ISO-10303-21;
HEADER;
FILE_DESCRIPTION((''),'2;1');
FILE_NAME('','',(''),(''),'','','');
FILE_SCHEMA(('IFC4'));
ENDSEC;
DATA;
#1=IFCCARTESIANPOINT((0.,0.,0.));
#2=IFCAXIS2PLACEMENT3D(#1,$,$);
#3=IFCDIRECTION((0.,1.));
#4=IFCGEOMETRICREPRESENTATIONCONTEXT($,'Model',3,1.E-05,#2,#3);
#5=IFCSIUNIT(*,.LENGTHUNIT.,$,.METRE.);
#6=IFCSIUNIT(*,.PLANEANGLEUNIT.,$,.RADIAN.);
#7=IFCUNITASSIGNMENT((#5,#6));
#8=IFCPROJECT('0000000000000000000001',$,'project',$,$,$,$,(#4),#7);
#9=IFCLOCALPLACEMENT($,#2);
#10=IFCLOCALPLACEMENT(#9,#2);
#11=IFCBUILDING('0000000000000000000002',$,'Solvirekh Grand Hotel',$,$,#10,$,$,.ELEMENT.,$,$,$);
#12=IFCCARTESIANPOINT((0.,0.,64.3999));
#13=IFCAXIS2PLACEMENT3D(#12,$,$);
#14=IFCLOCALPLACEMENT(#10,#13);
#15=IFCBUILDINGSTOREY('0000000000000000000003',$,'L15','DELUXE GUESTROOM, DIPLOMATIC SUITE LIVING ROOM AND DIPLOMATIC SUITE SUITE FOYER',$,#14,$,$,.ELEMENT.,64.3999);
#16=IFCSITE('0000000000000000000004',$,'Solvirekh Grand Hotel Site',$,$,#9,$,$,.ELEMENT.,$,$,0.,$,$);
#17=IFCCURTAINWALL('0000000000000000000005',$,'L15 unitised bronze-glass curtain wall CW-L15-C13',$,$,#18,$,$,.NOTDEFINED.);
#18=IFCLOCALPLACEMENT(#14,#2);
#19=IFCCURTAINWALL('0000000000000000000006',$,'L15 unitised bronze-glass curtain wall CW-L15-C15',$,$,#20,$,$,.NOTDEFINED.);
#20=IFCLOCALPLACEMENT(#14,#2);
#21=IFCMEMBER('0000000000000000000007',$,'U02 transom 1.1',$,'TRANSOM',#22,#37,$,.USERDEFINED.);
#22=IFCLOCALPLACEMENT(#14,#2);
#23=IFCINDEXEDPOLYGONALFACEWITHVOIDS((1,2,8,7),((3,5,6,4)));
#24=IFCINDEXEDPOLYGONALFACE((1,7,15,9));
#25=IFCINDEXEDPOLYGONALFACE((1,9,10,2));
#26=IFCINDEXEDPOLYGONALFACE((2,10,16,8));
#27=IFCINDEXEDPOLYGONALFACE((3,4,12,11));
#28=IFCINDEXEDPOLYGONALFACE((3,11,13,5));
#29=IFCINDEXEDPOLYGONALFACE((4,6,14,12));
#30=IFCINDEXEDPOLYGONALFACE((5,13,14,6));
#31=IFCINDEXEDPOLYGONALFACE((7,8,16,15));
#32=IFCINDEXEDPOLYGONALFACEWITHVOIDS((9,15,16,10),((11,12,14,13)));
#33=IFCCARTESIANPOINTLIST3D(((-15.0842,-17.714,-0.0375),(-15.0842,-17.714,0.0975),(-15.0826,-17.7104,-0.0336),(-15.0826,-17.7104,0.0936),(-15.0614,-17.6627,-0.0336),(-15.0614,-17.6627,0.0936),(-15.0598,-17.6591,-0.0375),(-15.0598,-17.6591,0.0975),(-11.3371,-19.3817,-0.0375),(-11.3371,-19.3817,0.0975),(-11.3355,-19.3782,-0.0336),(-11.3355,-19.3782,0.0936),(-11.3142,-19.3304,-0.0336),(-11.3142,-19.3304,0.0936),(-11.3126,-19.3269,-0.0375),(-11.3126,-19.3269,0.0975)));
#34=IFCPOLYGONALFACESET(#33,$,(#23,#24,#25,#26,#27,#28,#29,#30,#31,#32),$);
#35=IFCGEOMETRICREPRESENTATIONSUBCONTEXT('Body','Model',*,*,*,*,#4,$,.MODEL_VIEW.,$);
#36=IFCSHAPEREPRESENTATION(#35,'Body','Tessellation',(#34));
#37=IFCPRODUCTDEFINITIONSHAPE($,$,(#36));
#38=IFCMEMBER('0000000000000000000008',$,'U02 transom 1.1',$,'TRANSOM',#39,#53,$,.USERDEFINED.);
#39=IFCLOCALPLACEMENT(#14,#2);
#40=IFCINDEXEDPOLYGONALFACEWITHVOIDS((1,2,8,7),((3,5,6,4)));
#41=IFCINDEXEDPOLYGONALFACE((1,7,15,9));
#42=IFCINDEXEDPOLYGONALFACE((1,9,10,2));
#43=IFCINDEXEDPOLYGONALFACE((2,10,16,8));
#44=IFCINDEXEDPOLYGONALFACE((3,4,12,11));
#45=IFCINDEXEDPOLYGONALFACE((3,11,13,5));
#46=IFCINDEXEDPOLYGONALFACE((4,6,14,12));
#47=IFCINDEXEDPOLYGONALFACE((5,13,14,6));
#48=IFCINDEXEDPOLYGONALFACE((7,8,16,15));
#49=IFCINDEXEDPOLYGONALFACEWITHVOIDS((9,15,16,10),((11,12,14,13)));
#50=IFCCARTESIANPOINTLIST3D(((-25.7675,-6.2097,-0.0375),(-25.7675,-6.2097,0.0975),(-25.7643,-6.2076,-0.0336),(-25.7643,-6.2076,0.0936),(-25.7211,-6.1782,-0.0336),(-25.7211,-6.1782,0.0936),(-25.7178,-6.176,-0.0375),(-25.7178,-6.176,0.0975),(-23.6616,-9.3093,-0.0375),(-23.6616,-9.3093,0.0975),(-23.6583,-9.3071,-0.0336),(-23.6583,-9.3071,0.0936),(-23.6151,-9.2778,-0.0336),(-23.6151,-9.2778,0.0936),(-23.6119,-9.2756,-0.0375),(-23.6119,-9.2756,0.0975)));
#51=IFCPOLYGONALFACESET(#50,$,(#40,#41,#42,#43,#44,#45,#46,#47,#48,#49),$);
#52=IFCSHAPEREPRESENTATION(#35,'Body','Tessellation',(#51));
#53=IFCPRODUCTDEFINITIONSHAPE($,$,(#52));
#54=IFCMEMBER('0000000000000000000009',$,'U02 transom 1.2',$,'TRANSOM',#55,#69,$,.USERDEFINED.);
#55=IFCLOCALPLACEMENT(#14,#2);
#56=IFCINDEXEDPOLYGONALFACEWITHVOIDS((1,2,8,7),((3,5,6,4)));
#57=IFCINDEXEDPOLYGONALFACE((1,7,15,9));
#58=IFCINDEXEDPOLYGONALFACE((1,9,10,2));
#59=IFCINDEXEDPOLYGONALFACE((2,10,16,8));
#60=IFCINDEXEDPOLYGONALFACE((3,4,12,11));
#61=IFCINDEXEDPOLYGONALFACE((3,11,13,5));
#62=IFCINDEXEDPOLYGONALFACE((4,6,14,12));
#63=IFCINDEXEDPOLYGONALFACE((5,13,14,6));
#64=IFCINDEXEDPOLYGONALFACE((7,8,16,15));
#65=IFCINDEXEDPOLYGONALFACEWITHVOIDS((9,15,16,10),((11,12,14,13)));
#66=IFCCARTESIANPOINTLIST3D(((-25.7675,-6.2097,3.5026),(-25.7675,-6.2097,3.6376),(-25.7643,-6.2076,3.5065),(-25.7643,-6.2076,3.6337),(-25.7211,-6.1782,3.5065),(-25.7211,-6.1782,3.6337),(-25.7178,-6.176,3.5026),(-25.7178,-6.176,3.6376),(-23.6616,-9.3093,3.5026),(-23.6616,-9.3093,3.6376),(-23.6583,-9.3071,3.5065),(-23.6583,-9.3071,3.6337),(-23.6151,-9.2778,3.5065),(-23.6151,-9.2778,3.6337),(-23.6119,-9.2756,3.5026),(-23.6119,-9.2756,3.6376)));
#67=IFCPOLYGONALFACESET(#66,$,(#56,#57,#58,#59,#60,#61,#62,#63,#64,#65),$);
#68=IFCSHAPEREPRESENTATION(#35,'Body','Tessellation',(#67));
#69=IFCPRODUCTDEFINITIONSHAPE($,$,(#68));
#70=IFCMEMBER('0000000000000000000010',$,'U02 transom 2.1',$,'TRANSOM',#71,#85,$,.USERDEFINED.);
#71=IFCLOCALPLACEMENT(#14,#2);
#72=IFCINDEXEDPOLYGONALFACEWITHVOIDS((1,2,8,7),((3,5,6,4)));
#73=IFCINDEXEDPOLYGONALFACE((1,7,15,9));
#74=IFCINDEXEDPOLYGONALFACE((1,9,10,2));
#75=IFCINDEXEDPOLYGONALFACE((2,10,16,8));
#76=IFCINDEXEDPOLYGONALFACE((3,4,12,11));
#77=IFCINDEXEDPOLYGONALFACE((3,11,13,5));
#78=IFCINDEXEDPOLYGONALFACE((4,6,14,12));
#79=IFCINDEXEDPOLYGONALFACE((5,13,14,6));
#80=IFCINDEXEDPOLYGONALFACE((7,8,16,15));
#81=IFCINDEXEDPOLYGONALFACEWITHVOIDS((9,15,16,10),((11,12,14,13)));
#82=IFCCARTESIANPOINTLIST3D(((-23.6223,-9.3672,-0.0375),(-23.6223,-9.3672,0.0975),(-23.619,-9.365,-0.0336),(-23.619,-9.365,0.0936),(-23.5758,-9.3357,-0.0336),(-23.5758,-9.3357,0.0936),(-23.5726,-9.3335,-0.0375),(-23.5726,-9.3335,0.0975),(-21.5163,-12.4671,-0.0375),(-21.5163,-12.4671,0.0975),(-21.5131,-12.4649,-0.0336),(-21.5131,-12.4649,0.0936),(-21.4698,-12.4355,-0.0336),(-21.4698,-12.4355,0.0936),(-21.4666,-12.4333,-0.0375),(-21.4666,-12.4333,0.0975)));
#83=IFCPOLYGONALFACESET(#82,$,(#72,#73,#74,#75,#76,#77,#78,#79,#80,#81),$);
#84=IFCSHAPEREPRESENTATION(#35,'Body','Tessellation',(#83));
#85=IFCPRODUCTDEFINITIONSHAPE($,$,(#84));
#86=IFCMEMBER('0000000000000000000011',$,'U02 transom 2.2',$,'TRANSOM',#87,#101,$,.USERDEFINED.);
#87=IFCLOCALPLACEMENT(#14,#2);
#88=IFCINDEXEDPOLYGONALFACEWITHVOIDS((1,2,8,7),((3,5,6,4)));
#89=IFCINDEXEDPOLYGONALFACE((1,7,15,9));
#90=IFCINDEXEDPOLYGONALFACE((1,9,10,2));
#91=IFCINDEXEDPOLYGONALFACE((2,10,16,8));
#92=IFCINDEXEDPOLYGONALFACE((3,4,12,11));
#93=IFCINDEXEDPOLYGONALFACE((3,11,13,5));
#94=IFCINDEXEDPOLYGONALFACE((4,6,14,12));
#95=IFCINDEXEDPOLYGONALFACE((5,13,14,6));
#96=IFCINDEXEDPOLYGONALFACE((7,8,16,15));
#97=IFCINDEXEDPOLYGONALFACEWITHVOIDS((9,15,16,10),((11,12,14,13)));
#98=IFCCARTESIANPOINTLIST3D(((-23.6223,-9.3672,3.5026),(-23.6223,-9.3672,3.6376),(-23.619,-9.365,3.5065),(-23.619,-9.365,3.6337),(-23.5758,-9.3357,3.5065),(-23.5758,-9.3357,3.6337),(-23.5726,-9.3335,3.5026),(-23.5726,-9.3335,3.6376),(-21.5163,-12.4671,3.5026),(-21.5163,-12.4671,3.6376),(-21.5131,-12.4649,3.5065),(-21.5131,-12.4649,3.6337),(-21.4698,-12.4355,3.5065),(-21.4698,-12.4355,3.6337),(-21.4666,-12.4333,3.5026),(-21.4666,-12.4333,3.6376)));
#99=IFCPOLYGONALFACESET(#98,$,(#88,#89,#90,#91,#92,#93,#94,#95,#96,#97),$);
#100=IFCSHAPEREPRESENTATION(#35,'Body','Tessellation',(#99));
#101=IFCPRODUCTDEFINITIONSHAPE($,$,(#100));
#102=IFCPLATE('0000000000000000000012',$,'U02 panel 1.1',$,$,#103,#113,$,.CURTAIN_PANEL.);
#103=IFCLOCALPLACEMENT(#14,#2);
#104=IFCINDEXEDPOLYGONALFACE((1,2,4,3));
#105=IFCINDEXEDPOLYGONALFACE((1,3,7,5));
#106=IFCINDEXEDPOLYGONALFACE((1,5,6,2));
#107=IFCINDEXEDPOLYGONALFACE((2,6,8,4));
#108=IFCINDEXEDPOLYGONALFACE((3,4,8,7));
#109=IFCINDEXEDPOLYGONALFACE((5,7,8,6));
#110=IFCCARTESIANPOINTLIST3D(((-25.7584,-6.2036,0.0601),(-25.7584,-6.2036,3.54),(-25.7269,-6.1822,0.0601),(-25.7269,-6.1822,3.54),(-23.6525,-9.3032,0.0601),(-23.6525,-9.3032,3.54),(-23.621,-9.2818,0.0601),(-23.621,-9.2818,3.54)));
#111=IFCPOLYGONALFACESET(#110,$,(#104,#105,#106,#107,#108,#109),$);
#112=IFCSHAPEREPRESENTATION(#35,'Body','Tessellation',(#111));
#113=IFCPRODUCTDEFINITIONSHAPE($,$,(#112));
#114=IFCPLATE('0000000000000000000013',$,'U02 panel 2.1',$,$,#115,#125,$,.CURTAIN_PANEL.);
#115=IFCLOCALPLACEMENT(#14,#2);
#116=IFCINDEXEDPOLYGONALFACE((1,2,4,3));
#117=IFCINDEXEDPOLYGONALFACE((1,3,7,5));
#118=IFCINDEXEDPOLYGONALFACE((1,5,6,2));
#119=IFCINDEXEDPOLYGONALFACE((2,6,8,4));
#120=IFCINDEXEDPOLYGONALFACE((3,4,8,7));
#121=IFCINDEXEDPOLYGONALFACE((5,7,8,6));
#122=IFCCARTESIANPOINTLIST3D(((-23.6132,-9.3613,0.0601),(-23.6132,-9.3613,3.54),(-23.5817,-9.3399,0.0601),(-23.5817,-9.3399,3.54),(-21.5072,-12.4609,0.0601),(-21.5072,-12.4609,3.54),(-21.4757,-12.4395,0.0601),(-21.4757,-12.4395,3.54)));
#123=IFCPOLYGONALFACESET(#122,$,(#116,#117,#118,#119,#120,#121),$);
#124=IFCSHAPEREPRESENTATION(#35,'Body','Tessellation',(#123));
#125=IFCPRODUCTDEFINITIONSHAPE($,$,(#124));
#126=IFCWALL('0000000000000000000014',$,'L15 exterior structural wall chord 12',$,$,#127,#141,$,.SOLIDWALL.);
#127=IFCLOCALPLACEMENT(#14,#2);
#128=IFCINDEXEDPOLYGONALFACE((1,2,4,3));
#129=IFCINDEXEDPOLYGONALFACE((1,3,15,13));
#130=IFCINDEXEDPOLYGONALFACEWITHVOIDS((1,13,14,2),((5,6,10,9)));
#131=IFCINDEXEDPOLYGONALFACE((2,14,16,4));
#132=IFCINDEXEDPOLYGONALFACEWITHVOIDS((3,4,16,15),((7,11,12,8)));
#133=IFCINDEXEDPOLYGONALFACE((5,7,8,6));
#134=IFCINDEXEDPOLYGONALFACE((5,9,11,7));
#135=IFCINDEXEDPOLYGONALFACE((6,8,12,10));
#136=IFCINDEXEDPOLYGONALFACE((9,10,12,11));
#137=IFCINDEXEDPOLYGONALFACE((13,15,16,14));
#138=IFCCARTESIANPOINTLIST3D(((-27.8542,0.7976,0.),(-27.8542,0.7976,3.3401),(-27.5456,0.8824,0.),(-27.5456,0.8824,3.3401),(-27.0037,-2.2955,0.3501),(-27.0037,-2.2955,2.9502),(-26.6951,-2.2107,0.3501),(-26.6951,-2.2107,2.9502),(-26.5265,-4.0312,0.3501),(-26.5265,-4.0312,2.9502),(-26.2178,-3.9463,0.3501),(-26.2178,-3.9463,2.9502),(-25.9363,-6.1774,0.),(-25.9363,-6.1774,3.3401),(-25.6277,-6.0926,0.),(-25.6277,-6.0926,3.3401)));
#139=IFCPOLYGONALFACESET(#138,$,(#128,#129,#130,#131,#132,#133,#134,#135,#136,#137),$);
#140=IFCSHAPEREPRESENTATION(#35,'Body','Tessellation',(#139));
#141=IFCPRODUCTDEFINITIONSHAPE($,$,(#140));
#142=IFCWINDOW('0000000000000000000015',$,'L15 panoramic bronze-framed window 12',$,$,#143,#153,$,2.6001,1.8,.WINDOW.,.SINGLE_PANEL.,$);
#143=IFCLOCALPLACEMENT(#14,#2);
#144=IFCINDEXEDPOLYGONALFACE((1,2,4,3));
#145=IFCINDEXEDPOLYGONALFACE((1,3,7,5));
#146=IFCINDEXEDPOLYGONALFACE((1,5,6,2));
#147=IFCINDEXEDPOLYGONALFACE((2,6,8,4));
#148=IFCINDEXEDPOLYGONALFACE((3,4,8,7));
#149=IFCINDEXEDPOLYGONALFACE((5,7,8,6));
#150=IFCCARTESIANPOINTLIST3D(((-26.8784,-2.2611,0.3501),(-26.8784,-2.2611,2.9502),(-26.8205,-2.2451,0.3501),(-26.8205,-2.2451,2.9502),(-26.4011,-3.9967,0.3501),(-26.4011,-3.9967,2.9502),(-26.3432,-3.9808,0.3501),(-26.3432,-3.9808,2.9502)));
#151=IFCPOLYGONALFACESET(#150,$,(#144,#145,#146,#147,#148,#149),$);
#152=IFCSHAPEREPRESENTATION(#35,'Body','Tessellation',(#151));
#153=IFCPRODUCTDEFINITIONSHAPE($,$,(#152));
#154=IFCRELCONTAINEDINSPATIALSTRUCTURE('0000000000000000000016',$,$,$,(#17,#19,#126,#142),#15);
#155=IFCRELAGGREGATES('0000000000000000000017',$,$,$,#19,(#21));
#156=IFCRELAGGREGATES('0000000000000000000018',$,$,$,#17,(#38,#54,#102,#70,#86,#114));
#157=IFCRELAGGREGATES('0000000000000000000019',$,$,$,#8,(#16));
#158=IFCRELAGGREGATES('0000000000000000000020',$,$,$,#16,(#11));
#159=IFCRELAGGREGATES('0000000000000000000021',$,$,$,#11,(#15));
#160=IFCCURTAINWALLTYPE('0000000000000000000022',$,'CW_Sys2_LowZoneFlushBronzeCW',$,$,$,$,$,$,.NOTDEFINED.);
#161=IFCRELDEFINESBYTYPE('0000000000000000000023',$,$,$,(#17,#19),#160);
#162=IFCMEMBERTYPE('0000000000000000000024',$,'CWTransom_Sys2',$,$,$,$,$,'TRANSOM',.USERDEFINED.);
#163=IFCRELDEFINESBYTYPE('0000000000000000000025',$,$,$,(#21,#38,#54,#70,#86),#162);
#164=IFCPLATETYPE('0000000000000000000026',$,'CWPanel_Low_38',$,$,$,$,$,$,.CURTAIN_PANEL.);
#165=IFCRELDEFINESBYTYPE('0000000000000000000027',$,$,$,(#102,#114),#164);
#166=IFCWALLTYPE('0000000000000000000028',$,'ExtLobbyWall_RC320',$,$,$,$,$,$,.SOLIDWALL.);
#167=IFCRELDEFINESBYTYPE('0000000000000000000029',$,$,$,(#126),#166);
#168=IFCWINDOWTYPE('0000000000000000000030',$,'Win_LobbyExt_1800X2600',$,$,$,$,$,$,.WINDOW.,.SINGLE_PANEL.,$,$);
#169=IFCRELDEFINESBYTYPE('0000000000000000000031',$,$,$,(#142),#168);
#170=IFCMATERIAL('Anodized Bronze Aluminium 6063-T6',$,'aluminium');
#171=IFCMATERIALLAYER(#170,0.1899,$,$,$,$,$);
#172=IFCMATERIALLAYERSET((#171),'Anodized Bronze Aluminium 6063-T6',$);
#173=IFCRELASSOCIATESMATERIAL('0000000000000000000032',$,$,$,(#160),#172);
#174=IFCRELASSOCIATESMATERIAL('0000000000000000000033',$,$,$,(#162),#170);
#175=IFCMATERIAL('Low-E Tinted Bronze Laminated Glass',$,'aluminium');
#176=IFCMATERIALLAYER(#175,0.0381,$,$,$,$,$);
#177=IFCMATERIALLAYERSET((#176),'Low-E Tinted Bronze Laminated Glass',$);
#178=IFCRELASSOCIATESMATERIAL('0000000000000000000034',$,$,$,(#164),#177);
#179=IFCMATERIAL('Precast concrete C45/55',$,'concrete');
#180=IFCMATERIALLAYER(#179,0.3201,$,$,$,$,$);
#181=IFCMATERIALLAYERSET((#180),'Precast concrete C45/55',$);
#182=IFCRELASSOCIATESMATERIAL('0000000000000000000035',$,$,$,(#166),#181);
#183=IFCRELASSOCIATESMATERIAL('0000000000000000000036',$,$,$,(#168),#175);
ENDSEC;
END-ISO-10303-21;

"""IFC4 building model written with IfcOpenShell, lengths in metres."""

from ifc_helpers import new_model, si_unit, direction, frame, frame_2d, origin, origin_2d, place, context, subcontext, project, spatial, rectangle, hollow_rectangle, extrude, source, transform, mapped, material, layer, layer_set, material_profile, profile_set, type_object, element, fill, aggregate, save


model = new_model("IFC4")

# Units and contexts
model_context = context("Model", 3, precision=1e-05, world=origin(), true_north=direction((0.0, 1.0)))
body_context = subcontext(model_context, "Body", "Model", "MODEL_VIEW")
ifc_project = project(units=[si_unit("LENGTHUNIT", "METRE"), si_unit("PLANEANGLEUNIT", "RADIAN")], contexts=[model_context])

# Site, building, storey
site_placement = place(None, origin())
site = spatial("IfcSite", under=ifc_project, at=site_placement, Name="Solvirekh Grand Hotel Site", CompositionType="ELEMENT", RefElevation=0.0)
building_placement = place(site_placement, origin())
building = spatial("IfcBuilding", under=site, at=building_placement, Name="Solvirekh Grand Hotel", CompositionType="ELEMENT")
storey_placement = place(building_placement, frame((0.0, 0.0, 64.3999)))
storey = spatial("IfcBuildingStorey", under=building, at=storey_placement, Name="L15", Description="DELUXE GUESTROOM, DIPLOMATIC SUITE LIVING ROOM AND DIPLOMATIC SUITE SUITE FOYER", CompositionType="ELEMENT", Elevation=64.3999)

# Curtain walls, member
ifc_material_1 = material(Name="Anodized Bronze Aluminium 6063-T6", Category="aluminium")
ifc_layer_1 = layer(ifc_material_1, 0.1899)
ifc_layer_set_1 = layer_set([ifc_layer_1], Name="Anodized Bronze Aluminium 6063-T6")
curtain_wall_type = type_object("IfcCurtainWallType", Name="CW_Sys2_LowZoneFlushBronzeCW", PredefinedType="NOTDEFINED", material=ifc_layer_set_1)
curtain_wall_1_placement = place(storey_placement, origin())
curtain_wall_1 = element("IfcCurtainWall", 1, at=curtain_wall_1_placement, inside=storey, type_object=curtain_wall_type, Name="L15 unitised bronze-glass curtain wall CW-L15-C13", PredefinedType="NOTDEFINED")
curtain_wall_2_placement = place(storey_placement, origin())
curtain_wall_2 = element("IfcCurtainWall", 2, at=curtain_wall_2_placement, inside=storey, type_object=curtain_wall_type, Name="L15 unitised bronze-glass curtain wall CW-L15-C15", PredefinedType="NOTDEFINED")
ifc_material_profile_1 = material_profile(ifc_material_1, hollow_rectangle(XDim=0.0601, YDim=0.135, WallThickness=0.0039, at=origin_2d()), Name="ALU RHS 135X60X4")
ifc_profile_set_1 = profile_set([ifc_material_profile_1], Name="Anodized Bronze Aluminium 6063-T6")
member_type_1 = type_object("IfcMemberType", Name="CWTransom_Sys2", ElementType="TRANSOM", PredefinedType="USERDEFINED", material=ifc_profile_set_1)
shared_shape_1 = source(origin(), body_context, "Body", "SweptSolid", [
    extrude(hollow_rectangle(XDim=0.0601, YDim=0.135, WallThickness=0.0039, at=origin_2d()), origin(), (0.0, 0.0, 1.0), 4.1016),
])
member_1_placement = place(storey_placement, frame((-15.072, -17.6865, 0.03), z_axis=(0.913598, -0.406619, 0.0), x_axis=(0.406619, 0.913598, 0.0)))
member_1 = element("IfcMember", 3, at=member_1_placement, type_object=member_type_1, Name="U02 transom 1.1", ObjectType="TRANSOM", PredefinedType="USERDEFINED", context=body_context, shape_type="MappedRepresentation", body=[
    mapped(shared_shape_1, transform((0.0, 0.0, 0.0), x_axis=(1.0, 0.0, 0.0), y_axis=(0.0, 1.0, 0.0), z_axis=(0.0, 0.0, 1.0), scale=1.0)),
])
aggregate(curtain_wall_2, [member_1])

# Members
shared_shape_2 = source(origin(), body_context, "Body", "SweptSolid", [
    extrude(hollow_rectangle(XDim=0.0601, YDim=0.135, WallThickness=0.0039, at=origin_2d()), origin(), (0.0, 0.0, 1.0), 3.7473),
])
member_2_placement = place(storey_placement, frame((-25.7427, -6.1929, 0.03), z_axis=(0.561986, -0.827147, 0.0), x_axis=(0.827147, 0.561986, 0.0)))
member_2 = element("IfcMember", 4, at=member_2_placement, type_object=member_type_1, Name="U02 transom 1.1", ObjectType="TRANSOM", PredefinedType="USERDEFINED", context=body_context, shape_type="MappedRepresentation", body=[
    mapped(shared_shape_2, transform((0.0, 0.0, 0.0), x_axis=(1.0, 0.0, 0.0), y_axis=(0.0, 1.0, 0.0), z_axis=(0.0, 0.0, 1.0), scale=1.0)),
])
member_3_placement = place(storey_placement, frame((-25.7427, -6.1929, 3.5701), z_axis=(0.561986, -0.827147, 0.0), x_axis=(0.827147, 0.561986, 0.0)))
member_3 = element("IfcMember", 5, at=member_3_placement, type_object=member_type_1, Name="U02 transom 1.2", ObjectType="TRANSOM", PredefinedType="USERDEFINED", context=body_context, shape_type="MappedRepresentation", body=[
    mapped(shared_shape_2, transform((0.0, 0.0, 0.0), x_axis=(1.0, 0.0, 0.0), y_axis=(0.0, 1.0, 0.0), z_axis=(0.0, 0.0, 1.0), scale=1.0)),
])
shared_shape_3 = source(origin(), body_context, "Body", "SweptSolid", [
    extrude(hollow_rectangle(XDim=0.0601, YDim=0.135, WallThickness=0.0039, at=origin_2d()), origin(), (0.0, 0.0, 1.0), 3.7476),
])
member_4_placement = place(storey_placement, frame((-23.5974, -9.3503, 0.03), z_axis=(0.561955, -0.827168, 0.0), x_axis=(0.827168, 0.561955, 0.0)))
member_4 = element("IfcMember", 6, at=member_4_placement, type_object=member_type_1, Name="U02 transom 2.1", ObjectType="TRANSOM", PredefinedType="USERDEFINED", context=body_context, shape_type="MappedRepresentation", body=[
    mapped(shared_shape_3, transform((0.0, 0.0, 0.0), x_axis=(1.0, 0.0, 0.0), y_axis=(0.0, 1.0, 0.0), z_axis=(0.0, 0.0, 1.0), scale=1.0)),
])
member_5_placement = place(storey_placement, frame((-23.5974, -9.3503, 3.5701), z_axis=(0.561955, -0.827168, 0.0), x_axis=(0.827168, 0.561955, 0.0)))
member_5 = element("IfcMember", 7, at=member_5_placement, type_object=member_type_1, Name="U02 transom 2.2", ObjectType="TRANSOM", PredefinedType="USERDEFINED", context=body_context, shape_type="MappedRepresentation", body=[
    mapped(shared_shape_3, transform((0.0, 0.0, 0.0), x_axis=(1.0, 0.0, 0.0), y_axis=(0.0, 1.0, 0.0), z_axis=(0.0, 0.0, 1.0), scale=1.0)),
])

# Plates
ifc_material_2 = material(Name="Low-E Tinted Bronze Laminated Glass", Category="aluminium")
ifc_layer_2 = layer(ifc_material_2, 0.0381)
ifc_layer_set_2 = layer_set([ifc_layer_2], Name="Low-E Tinted Bronze Laminated Glass")
plate_type = type_object("IfcPlateType", Name="CWPanel_Low_38", PredefinedType="CURTAIN_PANEL", material=ifc_layer_set_2)
shared_shape_4 = source(origin(), body_context, "Body", "SweptSolid", [
    extrude(rectangle(XDim=3.7473, YDim=0.0381, at=origin_2d()), origin(), (0.0, 0.0, 1.0), 3.48),
])
plate_1_placement = place(storey_placement, frame((-24.6897, -7.7427, 0.0601), z_axis=(0.0, 0.0, 1.0), x_axis=(0.561987, -0.827146, 0.0)))
plate_1 = element("IfcPlate", 8, at=plate_1_placement, type_object=plate_type, Name="U02 panel 1.1", PredefinedType="CURTAIN_PANEL", context=body_context, shape_type="MappedRepresentation", body=[
    mapped(shared_shape_4, transform((0.0, 0.0, 0.0), x_axis=(1.0, 0.0, 0.0), y_axis=(0.0, 1.0, 0.0), z_axis=(0.0, 0.0, 1.0), scale=1.0)),
])
plate_2_placement = place(storey_placement, frame((-22.5444, -10.9004, 0.0601), z_axis=(0.0, 0.0, 1.0), x_axis=(0.561987, -0.827146, 0.0)))
plate_2 = element("IfcPlate", 9, at=plate_2_placement, type_object=plate_type, Name="U02 panel 2.1", PredefinedType="CURTAIN_PANEL", context=body_context, shape_type="MappedRepresentation", body=[
    mapped(shared_shape_4, transform((0.0, 0.0, 0.0), x_axis=(1.0, 0.0, 0.0), y_axis=(0.0, 1.0, 0.0), z_axis=(0.0, 0.0, 1.0), scale=1.0)),
])
aggregate(curtain_wall_1, [member_2, member_3, plate_1, member_4, member_5, plate_2])

# Wall, opening, window
ifc_material_3 = material(Name="Precast concrete C45/55", Category="concrete")
ifc_layer_3 = layer(ifc_material_3, 0.3201)
ifc_layer_set_3 = layer_set([ifc_layer_3], Name="Precast concrete C45/55")
wall_type_1 = type_object("IfcWallType", Name="ExtLobbyWall_RC320", PredefinedType="SOLIDWALL", material=ifc_layer_set_3)
wall_1_placement = place(storey_placement, frame((-25.782, -6.135, 0.0), z_axis=(0.0, 0.0, 1.0), x_axis=(-0.265133, 0.964212, 0.0)))
wall_1 = element("IfcWall", 10, at=wall_1_placement, inside=storey, type_object=wall_type_1, Name="L15 exterior structural wall chord 12", PredefinedType="SOLIDWALL", context=body_context, shape_type="SweptSolid", body=[
    extrude(rectangle(XDim=7.2339, YDim=0.3201, at=frame_2d((3.6169, 0.0))), origin(), (0.0, 0.0, 1.0), 3.3401),
])
opening_1_placement = place(wall_1_placement, frame((2.2261, 0.0, 0.3501)))
opening_1 = element("IfcOpeningElement", 11, at=opening_1_placement, cuts=wall_1, PredefinedType="OPENING", context=body_context, shape_type="SweptSolid", body=[
    extrude(rectangle(XDim=1.8, YDim=2.6001, at=frame_2d((0.8999, 1.3))), frame((0.0, 0.1699, 0.0), z_axis=(0.0, -1.0, 0.0), x_axis=(1.0, 0.0, 0.0)), (0.0, 0.0, 1.0), 0.3401),
])
window_type = type_object("IfcWindowType", Name="Win_LobbyExt_1800X2600", PartitioningType="SINGLE_PANEL", PredefinedType="WINDOW", material=ifc_material_2)
window_1_placement = place(opening_1_placement, origin())
window_1 = element("IfcWindow", 12, at=window_1_placement, inside=storey, type_object=window_type, Name="L15 panoramic bronze-framed window 12", OverallHeight=2.6001, OverallWidth=1.8, PartitioningType="SINGLE_PANEL", PredefinedType="WINDOW", context=body_context, shape_type="SweptSolid", body=[
    extrude(rectangle(XDim=1.8, YDim=2.6001, at=frame_2d((0.8999, 1.3))), frame((0.0, 0.03, 0.0), z_axis=(0.0, -1.0, 0.0), x_axis=(1.0, 0.0, 0.0)), (0.0, 0.0, 1.0), 0.0601),
])
fill(opening_1, window_1)

save(model, "model.ifc")
